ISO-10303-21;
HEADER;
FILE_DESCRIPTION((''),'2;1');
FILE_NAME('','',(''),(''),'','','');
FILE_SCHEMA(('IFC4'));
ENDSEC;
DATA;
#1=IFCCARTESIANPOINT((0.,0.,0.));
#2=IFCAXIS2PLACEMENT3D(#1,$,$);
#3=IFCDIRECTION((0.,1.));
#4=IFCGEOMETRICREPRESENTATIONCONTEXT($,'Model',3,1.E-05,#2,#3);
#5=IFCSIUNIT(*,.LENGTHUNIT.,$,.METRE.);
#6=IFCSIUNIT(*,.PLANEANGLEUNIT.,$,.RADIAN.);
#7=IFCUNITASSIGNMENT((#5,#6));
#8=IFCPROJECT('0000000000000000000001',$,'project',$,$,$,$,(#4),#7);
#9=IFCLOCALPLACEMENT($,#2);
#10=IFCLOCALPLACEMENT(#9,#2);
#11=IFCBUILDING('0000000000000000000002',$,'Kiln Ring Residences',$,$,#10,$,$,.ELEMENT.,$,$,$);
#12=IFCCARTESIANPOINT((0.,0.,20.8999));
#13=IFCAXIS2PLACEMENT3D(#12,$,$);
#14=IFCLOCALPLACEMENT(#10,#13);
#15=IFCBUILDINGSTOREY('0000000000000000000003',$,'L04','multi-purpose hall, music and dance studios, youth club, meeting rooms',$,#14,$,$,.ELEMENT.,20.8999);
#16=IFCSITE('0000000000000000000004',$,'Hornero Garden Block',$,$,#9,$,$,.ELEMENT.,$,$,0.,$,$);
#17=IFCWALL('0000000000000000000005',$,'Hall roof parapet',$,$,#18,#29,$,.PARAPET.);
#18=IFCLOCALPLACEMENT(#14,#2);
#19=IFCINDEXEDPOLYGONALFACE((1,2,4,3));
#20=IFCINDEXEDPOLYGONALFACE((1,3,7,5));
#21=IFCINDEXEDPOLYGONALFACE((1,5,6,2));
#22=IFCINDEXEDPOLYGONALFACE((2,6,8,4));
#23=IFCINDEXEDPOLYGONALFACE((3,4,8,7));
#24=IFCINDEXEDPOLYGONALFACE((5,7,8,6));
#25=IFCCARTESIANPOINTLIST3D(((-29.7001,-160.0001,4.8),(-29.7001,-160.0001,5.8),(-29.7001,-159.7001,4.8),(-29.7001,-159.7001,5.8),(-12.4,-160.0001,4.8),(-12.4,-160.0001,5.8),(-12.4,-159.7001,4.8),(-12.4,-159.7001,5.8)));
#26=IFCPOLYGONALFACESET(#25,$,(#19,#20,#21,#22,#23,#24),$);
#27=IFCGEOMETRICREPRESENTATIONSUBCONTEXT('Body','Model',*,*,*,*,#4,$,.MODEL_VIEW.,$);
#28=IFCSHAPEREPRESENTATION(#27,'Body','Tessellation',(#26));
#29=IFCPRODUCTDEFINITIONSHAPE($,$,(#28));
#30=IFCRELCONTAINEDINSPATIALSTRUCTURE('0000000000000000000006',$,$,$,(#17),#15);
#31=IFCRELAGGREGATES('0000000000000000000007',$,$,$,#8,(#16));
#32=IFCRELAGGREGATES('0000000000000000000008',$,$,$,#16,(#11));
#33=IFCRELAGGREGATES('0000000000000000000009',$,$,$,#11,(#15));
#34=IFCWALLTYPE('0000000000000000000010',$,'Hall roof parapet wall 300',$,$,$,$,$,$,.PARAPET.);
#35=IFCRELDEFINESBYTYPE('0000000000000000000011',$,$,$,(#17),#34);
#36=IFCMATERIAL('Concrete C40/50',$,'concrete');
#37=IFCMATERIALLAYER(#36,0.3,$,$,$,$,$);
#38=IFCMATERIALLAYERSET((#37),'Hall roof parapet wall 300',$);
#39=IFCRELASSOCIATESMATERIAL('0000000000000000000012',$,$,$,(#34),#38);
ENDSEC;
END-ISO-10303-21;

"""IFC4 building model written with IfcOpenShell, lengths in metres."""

from ifc_helpers import new_model, si_unit, direction, frame, frame_2d, origin, place, context, subcontext, project, spatial, rectangle, extrude, material, layer, layer_set, type_object, element, save


model = new_model("IFC4")

# Units and contexts
model_context = context("Model", 3, precision=1e-05, world=origin(), true_north=direction((0.0, 1.0)))
body_context = subcontext(model_context, "Body", "Model", "MODEL_VIEW")
ifc_project = project(units=[si_unit("LENGTHUNIT", "METRE"), si_unit("PLANEANGLEUNIT", "RADIAN")], contexts=[model_context])

# Site, building, storey
site_placement = place(None, origin())
site = spatial("IfcSite", under=ifc_project, at=site_placement, Name="Hornero Garden Block", CompositionType="ELEMENT", RefElevation=0.0)
building_placement = place(site_placement, origin())
building = spatial("IfcBuilding", under=site, at=building_placement, Name="Kiln Ring Residences", CompositionType="ELEMENT")
storey_placement = place(building_placement, frame((0.0, 0.0, 20.8999)))
storey = spatial("IfcBuildingStorey", under=building, at=storey_placement, Name="L04", Description="multi-purpose hall, music and dance studios, youth club, meeting rooms", CompositionType="ELEMENT", Elevation=20.8999)

# Wall
ifc_material_1 = material(Name="Concrete C40/50", Category="concrete")
ifc_layer_1 = layer(ifc_material_1, 0.3)
ifc_layer_set_1 = layer_set([ifc_layer_1], Name="Hall roof parapet wall 300")
wall_type_1 = type_object("IfcWallType", Name="Hall roof parapet wall 300", PredefinedType="PARAPET", material=ifc_layer_set_1)
wall_1_placement = place(storey_placement, frame((-29.7, -159.8501, 4.8), z_axis=(0.0, 0.0, 1.0), x_axis=(1.0, 0.0, 0.0)))
element("IfcWall", 1, at=wall_1_placement, inside=storey, type_object=wall_type_1, Name="Hall roof parapet", PredefinedType="PARAPET", context=body_context, shape_type="SweptSolid", body=[
    extrude(rectangle(XDim=17.3, YDim=0.3, at=frame_2d((8.6499, 0.0))), origin(), (0.0, 0.0, 1.0), 1.0),
])

save(model, "model.ifc")
